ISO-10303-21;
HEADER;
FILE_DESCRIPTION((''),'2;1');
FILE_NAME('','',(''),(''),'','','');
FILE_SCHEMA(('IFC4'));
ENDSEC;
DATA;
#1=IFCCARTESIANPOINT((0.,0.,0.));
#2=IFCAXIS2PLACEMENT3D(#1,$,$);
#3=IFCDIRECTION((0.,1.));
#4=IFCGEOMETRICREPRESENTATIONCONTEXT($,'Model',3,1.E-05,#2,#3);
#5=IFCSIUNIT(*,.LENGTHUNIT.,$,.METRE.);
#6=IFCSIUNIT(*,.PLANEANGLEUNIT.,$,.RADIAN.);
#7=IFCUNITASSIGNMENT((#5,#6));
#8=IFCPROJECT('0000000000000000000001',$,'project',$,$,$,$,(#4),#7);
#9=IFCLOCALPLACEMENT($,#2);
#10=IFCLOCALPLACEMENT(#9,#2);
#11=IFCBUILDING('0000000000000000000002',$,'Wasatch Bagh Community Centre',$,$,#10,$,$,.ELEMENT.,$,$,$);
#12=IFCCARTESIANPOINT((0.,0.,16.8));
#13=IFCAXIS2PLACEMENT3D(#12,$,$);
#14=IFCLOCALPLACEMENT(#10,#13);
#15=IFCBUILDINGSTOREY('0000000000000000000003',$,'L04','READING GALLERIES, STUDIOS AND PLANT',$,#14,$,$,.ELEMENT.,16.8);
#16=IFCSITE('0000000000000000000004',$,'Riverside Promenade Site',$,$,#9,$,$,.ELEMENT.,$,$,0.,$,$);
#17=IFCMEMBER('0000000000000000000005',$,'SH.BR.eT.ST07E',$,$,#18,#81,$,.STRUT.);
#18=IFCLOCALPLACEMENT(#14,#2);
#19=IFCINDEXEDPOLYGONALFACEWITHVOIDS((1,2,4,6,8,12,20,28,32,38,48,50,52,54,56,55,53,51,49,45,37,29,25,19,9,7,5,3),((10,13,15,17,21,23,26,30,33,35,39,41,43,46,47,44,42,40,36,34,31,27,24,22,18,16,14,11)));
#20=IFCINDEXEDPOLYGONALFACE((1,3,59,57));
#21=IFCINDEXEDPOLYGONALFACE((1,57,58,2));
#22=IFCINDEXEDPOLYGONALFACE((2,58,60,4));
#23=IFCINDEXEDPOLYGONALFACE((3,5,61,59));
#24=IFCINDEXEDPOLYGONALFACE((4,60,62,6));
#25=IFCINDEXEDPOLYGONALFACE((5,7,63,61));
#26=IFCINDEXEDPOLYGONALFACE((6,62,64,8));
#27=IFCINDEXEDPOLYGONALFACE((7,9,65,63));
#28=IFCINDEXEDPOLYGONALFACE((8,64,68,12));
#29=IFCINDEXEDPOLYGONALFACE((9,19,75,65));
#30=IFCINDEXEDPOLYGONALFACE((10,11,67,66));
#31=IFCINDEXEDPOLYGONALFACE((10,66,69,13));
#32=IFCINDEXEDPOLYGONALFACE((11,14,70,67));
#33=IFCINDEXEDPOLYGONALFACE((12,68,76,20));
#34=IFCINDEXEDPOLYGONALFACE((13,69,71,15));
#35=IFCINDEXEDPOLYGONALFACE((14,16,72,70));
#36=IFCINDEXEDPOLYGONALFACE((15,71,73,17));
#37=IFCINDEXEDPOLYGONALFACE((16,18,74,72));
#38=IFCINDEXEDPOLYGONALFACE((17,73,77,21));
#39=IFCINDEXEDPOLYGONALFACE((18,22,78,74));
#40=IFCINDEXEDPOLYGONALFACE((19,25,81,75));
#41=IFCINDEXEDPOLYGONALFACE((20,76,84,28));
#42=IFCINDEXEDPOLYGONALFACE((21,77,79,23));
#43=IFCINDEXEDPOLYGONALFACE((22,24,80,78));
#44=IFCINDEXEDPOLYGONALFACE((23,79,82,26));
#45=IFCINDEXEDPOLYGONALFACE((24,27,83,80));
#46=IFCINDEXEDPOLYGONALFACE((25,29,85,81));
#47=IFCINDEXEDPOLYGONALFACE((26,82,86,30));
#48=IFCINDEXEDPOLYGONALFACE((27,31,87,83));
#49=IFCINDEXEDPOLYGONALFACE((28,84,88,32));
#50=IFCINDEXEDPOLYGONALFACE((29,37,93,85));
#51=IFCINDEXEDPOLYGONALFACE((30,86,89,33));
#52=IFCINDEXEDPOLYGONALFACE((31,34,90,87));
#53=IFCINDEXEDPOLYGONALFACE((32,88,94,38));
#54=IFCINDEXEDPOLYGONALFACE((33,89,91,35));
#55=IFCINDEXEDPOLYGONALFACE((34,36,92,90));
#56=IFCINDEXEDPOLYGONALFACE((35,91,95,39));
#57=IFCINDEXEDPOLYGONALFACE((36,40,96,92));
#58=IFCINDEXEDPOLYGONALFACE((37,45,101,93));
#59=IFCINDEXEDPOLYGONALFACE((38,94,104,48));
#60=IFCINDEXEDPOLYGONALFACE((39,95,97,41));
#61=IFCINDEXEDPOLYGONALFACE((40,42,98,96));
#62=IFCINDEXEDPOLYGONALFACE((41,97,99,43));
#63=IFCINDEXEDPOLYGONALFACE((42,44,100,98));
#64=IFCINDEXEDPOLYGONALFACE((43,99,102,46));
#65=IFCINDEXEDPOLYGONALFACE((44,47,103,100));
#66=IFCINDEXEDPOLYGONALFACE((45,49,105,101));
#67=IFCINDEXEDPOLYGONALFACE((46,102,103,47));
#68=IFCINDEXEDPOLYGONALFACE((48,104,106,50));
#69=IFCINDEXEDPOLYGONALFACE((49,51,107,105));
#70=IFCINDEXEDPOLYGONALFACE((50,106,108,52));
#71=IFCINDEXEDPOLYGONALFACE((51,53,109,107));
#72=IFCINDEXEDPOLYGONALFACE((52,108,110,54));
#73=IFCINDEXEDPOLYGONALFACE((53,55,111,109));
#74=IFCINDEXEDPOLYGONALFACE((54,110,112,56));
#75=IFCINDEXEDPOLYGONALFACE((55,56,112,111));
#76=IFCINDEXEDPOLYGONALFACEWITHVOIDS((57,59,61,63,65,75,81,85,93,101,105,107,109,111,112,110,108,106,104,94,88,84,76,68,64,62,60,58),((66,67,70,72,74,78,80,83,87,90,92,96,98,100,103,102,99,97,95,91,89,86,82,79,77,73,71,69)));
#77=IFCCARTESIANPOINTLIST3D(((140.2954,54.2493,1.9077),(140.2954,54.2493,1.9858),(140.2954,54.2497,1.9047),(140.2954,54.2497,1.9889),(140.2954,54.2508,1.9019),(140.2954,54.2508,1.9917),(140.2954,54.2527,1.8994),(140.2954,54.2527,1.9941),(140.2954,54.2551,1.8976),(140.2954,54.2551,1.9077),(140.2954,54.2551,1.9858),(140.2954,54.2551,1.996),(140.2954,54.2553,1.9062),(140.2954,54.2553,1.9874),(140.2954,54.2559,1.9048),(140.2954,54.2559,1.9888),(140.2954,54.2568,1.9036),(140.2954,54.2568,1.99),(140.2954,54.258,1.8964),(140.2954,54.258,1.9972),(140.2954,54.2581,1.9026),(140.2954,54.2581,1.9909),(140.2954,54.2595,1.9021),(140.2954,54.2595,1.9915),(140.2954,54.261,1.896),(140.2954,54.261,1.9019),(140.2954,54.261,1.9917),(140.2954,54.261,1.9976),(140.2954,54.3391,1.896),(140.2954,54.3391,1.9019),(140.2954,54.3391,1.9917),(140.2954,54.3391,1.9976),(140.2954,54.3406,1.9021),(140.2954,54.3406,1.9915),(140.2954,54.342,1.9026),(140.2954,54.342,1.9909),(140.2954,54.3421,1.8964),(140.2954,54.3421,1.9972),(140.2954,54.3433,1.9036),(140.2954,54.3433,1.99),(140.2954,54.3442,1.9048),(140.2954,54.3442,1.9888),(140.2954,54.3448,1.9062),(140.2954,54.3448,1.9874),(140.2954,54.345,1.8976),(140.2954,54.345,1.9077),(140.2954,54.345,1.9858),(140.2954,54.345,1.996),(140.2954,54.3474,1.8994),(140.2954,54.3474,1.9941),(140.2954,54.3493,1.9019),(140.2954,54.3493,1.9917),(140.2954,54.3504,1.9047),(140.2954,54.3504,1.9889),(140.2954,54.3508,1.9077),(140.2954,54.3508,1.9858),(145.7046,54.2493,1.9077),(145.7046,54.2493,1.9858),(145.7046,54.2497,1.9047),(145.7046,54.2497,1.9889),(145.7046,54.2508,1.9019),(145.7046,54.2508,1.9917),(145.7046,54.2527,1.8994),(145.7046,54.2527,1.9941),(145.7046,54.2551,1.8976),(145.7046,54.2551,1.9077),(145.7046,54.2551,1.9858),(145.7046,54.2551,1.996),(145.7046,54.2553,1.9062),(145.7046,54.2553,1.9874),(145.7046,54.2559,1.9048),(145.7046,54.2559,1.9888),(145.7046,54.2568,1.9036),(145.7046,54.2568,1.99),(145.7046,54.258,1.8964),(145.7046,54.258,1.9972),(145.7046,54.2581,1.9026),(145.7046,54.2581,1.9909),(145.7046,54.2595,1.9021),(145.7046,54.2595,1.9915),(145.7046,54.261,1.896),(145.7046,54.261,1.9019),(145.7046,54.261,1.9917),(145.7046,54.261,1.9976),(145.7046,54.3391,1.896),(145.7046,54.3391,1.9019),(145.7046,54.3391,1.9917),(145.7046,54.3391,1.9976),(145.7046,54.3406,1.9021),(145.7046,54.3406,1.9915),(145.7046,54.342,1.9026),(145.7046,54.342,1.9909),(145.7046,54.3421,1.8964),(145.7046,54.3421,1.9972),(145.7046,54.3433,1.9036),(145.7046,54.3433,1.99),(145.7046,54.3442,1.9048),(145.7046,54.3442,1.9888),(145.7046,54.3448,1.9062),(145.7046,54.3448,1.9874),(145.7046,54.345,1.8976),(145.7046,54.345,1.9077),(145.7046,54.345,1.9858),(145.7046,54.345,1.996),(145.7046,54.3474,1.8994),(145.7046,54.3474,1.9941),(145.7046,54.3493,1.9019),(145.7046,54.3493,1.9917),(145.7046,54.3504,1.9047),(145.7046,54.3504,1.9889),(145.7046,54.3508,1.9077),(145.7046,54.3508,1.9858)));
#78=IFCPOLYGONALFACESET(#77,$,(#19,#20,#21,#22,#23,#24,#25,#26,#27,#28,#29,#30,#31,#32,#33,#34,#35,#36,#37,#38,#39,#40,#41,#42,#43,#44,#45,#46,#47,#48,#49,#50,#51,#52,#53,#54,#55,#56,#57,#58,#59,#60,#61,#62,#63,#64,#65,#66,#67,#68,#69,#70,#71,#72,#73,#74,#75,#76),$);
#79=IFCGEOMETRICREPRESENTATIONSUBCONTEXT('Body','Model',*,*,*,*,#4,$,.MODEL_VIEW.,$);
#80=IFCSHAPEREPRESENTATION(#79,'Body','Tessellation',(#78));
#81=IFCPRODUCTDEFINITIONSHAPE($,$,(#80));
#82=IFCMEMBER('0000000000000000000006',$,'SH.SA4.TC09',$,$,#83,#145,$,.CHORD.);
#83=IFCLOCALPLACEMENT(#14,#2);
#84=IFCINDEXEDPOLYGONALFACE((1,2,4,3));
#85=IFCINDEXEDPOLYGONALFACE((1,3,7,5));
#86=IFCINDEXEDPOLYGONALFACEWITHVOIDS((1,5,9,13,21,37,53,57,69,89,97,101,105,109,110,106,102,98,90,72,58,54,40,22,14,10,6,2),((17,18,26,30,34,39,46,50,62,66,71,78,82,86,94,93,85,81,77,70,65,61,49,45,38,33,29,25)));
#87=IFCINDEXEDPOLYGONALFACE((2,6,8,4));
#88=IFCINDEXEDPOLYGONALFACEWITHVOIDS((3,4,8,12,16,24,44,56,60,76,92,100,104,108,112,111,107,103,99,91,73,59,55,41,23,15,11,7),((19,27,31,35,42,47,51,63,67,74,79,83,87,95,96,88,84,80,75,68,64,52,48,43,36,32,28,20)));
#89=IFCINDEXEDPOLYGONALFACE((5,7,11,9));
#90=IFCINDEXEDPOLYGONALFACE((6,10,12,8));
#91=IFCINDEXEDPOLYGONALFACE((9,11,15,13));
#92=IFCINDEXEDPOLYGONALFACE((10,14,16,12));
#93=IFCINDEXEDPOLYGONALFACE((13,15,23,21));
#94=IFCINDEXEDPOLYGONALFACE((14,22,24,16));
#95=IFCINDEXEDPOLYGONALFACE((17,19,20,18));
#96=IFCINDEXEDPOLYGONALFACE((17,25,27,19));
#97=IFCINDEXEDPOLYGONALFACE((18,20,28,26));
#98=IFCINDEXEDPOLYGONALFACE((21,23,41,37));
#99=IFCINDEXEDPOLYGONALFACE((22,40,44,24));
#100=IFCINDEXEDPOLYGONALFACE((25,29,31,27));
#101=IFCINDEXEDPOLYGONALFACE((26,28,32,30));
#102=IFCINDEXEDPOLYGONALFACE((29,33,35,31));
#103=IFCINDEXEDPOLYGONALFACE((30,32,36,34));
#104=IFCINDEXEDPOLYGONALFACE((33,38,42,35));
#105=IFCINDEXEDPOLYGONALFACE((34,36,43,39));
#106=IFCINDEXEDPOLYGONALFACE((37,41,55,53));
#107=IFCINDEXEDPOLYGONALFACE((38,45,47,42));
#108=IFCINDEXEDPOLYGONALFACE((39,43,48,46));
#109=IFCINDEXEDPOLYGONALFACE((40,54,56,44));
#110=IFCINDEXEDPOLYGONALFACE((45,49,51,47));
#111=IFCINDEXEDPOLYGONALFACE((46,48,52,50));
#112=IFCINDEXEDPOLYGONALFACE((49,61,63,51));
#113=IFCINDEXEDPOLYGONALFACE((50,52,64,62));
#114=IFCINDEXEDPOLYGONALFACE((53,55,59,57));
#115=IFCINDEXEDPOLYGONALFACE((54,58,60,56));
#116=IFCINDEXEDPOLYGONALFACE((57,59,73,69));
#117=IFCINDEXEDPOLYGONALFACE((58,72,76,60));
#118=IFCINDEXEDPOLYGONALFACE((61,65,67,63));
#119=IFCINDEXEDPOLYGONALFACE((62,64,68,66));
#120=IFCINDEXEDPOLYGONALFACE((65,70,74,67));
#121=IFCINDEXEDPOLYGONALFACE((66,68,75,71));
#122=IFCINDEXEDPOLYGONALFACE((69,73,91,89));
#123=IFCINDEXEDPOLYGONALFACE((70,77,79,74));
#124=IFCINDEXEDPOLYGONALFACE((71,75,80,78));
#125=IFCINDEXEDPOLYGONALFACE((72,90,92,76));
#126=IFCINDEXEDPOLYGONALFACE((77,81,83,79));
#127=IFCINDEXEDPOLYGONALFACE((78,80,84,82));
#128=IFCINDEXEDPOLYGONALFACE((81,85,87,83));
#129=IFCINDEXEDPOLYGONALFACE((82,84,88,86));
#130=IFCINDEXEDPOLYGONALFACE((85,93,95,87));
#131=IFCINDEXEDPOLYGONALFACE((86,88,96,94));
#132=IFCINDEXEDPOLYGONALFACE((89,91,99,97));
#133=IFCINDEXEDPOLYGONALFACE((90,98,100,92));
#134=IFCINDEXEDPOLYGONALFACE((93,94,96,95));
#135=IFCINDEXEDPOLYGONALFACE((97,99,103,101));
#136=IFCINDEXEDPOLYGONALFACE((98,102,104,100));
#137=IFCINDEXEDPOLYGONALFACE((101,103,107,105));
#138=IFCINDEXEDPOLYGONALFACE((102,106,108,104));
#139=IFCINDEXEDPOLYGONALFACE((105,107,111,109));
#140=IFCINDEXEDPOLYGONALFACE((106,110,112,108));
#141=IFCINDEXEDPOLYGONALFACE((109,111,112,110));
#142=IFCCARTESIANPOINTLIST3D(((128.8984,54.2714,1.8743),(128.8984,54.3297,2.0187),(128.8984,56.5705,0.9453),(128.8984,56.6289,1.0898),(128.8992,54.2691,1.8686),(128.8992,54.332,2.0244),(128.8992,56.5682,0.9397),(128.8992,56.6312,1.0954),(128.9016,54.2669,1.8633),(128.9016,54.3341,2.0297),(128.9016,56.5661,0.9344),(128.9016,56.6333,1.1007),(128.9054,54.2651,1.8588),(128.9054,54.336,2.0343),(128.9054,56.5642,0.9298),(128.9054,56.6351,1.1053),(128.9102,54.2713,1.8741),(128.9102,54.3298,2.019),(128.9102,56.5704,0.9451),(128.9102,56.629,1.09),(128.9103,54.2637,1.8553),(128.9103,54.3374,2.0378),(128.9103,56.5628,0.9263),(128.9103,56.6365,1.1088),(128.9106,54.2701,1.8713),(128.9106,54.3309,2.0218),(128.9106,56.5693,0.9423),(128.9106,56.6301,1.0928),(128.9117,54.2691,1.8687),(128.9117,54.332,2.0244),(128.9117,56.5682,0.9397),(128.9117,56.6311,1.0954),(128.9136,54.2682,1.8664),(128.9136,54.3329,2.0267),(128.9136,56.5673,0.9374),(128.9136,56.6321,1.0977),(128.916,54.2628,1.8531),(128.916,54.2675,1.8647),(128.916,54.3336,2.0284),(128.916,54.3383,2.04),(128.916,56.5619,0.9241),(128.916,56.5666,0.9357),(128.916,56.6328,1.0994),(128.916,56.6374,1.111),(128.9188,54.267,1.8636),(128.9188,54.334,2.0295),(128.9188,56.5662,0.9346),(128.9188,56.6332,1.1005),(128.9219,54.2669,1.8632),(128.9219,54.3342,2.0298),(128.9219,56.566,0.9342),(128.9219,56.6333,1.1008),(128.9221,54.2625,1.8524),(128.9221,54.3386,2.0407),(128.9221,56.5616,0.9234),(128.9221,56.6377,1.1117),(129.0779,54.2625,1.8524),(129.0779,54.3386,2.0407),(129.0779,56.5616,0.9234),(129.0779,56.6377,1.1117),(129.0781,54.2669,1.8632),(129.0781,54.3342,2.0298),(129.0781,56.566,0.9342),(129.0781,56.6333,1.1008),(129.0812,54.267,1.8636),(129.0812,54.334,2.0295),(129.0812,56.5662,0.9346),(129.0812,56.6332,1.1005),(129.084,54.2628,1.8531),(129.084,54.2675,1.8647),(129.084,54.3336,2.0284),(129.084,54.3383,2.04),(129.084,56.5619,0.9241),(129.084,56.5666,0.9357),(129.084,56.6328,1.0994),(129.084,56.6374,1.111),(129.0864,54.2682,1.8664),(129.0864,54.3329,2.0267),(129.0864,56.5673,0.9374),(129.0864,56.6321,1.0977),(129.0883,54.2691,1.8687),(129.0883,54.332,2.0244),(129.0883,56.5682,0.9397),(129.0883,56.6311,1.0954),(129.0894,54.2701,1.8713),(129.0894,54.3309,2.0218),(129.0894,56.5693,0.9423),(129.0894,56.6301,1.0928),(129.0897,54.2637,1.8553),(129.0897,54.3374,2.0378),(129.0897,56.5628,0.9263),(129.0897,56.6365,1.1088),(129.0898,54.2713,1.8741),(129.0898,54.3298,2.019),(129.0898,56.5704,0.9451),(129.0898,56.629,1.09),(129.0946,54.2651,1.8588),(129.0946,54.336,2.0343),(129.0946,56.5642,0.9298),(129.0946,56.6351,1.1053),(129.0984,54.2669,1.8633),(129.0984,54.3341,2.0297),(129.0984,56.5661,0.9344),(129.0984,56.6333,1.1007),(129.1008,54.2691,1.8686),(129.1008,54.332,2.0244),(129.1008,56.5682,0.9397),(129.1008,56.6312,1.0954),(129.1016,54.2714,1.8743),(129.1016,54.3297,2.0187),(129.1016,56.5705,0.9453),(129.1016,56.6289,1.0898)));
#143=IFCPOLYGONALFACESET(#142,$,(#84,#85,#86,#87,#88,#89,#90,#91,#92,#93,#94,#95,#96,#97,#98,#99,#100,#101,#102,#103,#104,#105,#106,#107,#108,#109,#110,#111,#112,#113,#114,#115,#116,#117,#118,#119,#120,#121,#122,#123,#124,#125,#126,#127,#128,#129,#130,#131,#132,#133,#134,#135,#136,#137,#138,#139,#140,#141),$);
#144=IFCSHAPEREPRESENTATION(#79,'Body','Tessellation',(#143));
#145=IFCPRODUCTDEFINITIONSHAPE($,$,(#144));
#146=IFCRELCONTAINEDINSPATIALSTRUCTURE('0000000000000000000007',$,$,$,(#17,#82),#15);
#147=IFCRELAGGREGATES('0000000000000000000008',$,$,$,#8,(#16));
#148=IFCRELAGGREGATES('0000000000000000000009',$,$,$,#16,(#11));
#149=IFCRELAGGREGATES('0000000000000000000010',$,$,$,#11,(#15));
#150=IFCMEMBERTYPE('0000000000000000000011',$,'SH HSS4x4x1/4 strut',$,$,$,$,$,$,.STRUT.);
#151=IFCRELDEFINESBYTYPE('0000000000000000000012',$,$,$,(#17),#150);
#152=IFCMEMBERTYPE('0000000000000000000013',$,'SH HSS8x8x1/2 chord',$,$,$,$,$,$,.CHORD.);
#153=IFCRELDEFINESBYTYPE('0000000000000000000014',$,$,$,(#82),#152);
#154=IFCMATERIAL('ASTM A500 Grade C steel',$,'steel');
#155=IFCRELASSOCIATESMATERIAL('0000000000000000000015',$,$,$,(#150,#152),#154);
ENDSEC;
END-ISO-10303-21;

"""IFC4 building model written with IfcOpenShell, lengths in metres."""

from ifc_helpers import new_model, si_unit, direction, frame, origin, origin_2d, place, context, subcontext, project, spatial, hollow_rectangle, extrude, material, material_profile, profile_set, type_object, element, save


model = new_model("IFC4")

# Units and contexts
model_context = context("Model", 3, precision=1e-05, world=origin(), true_north=direction((0.0, 1.0)))
body_context = subcontext(model_context, "Body", "Model", "MODEL_VIEW")
ifc_project = project(units=[si_unit("LENGTHUNIT", "METRE"), si_unit("PLANEANGLEUNIT", "RADIAN")], contexts=[model_context])

# Site, building, storey
site_placement = place(None, origin())
site = spatial("IfcSite", under=ifc_project, at=site_placement, Name="Riverside Promenade Site", CompositionType="ELEMENT", RefElevation=0.0)
building_placement = place(site_placement, origin())
building = spatial("IfcBuilding", under=site, at=building_placement, Name="Wasatch Bagh Community Centre", CompositionType="ELEMENT")
storey_placement = place(building_placement, frame((0.0, 0.0, 16.8)))
storey = spatial("IfcBuildingStorey", under=building, at=storey_placement, Name="L04", Description="READING GALLERIES, STUDIOS AND PLANT", CompositionType="ELEMENT", Elevation=16.8)

# Members
ifc_material_1 = material(Name="ASTM A500 Grade C steel", Category="steel")
ifc_material_profile_1 = material_profile(ifc_material_1, hollow_rectangle(XDim=0.1016, YDim=0.1016, WallThickness=0.0059, InnerFilletRadius=0.0059, OuterFilletRadius=0.0117, at=origin_2d()), Name="HSS4x4x1/4")
ifc_profile_set_1 = profile_set([ifc_material_profile_1], Name="ASTM A500 Grade C steel")
member_type_1 = type_object("IfcMemberType", Name="SH HSS4x4x1/4 strut", PredefinedType="STRUT", material=ifc_profile_set_1)
member_1_placement = place(storey_placement, frame((140.2954, 54.3, 1.9468), z_axis=(1.0, 0.0, 0.0), x_axis=(0.0, 1.0, 0.0)))
element("IfcMember", 1, at=member_1_placement, inside=storey, type_object=member_type_1, Name="SH.BR.eT.ST07E", PredefinedType="STRUT", context=body_context, shape_type="SweptSolid", body=[
    extrude(hollow_rectangle(XDim=0.1016, YDim=0.1016, WallThickness=0.0059, InnerFilletRadius=0.0059, OuterFilletRadius=0.0117, at=origin_2d()), origin(), (0.0, 0.0, 1.0), 5.4092),
])
ifc_material_profile_2 = material_profile(ifc_material_1, hollow_rectangle(XDim=0.2031, YDim=0.2031, WallThickness=0.0117, InnerFilletRadius=0.0117, OuterFilletRadius=0.0237, at=origin_2d()), Name="HSS8x8x1/2")
ifc_profile_set_2 = profile_set([ifc_material_profile_2], Name="ASTM A500 Grade C steel")
member_type_2 = type_object("IfcMemberType", Name="SH HSS8x8x1/2 chord", PredefinedType="CHORD", material=ifc_profile_set_2)
for number, where, z_axis, x_axis, name in (
    (2, (129.0, 54.3005, 1.9465), (0.0, 0.927174, -0.374631), (-1.0, 0.0, 0.0), "SH.SA4.TC09"),
):
    element("IfcMember", number, at=place(storey_placement, frame(where, z_axis=z_axis, x_axis=x_axis)), inside=storey, type_object=member_type_2, Name=name, PredefinedType="CHORD", context=body_context, shape_type="SweptSolid", body=[
        extrude(hollow_rectangle(XDim=0.2031, YDim=0.2031, WallThickness=0.0117, InnerFilletRadius=0.0117, OuterFilletRadius=0.0237, at=origin_2d()), origin(), (0.0, 0.0, 1.0), 2.4797),
    ])

save(model, "model.ifc")
